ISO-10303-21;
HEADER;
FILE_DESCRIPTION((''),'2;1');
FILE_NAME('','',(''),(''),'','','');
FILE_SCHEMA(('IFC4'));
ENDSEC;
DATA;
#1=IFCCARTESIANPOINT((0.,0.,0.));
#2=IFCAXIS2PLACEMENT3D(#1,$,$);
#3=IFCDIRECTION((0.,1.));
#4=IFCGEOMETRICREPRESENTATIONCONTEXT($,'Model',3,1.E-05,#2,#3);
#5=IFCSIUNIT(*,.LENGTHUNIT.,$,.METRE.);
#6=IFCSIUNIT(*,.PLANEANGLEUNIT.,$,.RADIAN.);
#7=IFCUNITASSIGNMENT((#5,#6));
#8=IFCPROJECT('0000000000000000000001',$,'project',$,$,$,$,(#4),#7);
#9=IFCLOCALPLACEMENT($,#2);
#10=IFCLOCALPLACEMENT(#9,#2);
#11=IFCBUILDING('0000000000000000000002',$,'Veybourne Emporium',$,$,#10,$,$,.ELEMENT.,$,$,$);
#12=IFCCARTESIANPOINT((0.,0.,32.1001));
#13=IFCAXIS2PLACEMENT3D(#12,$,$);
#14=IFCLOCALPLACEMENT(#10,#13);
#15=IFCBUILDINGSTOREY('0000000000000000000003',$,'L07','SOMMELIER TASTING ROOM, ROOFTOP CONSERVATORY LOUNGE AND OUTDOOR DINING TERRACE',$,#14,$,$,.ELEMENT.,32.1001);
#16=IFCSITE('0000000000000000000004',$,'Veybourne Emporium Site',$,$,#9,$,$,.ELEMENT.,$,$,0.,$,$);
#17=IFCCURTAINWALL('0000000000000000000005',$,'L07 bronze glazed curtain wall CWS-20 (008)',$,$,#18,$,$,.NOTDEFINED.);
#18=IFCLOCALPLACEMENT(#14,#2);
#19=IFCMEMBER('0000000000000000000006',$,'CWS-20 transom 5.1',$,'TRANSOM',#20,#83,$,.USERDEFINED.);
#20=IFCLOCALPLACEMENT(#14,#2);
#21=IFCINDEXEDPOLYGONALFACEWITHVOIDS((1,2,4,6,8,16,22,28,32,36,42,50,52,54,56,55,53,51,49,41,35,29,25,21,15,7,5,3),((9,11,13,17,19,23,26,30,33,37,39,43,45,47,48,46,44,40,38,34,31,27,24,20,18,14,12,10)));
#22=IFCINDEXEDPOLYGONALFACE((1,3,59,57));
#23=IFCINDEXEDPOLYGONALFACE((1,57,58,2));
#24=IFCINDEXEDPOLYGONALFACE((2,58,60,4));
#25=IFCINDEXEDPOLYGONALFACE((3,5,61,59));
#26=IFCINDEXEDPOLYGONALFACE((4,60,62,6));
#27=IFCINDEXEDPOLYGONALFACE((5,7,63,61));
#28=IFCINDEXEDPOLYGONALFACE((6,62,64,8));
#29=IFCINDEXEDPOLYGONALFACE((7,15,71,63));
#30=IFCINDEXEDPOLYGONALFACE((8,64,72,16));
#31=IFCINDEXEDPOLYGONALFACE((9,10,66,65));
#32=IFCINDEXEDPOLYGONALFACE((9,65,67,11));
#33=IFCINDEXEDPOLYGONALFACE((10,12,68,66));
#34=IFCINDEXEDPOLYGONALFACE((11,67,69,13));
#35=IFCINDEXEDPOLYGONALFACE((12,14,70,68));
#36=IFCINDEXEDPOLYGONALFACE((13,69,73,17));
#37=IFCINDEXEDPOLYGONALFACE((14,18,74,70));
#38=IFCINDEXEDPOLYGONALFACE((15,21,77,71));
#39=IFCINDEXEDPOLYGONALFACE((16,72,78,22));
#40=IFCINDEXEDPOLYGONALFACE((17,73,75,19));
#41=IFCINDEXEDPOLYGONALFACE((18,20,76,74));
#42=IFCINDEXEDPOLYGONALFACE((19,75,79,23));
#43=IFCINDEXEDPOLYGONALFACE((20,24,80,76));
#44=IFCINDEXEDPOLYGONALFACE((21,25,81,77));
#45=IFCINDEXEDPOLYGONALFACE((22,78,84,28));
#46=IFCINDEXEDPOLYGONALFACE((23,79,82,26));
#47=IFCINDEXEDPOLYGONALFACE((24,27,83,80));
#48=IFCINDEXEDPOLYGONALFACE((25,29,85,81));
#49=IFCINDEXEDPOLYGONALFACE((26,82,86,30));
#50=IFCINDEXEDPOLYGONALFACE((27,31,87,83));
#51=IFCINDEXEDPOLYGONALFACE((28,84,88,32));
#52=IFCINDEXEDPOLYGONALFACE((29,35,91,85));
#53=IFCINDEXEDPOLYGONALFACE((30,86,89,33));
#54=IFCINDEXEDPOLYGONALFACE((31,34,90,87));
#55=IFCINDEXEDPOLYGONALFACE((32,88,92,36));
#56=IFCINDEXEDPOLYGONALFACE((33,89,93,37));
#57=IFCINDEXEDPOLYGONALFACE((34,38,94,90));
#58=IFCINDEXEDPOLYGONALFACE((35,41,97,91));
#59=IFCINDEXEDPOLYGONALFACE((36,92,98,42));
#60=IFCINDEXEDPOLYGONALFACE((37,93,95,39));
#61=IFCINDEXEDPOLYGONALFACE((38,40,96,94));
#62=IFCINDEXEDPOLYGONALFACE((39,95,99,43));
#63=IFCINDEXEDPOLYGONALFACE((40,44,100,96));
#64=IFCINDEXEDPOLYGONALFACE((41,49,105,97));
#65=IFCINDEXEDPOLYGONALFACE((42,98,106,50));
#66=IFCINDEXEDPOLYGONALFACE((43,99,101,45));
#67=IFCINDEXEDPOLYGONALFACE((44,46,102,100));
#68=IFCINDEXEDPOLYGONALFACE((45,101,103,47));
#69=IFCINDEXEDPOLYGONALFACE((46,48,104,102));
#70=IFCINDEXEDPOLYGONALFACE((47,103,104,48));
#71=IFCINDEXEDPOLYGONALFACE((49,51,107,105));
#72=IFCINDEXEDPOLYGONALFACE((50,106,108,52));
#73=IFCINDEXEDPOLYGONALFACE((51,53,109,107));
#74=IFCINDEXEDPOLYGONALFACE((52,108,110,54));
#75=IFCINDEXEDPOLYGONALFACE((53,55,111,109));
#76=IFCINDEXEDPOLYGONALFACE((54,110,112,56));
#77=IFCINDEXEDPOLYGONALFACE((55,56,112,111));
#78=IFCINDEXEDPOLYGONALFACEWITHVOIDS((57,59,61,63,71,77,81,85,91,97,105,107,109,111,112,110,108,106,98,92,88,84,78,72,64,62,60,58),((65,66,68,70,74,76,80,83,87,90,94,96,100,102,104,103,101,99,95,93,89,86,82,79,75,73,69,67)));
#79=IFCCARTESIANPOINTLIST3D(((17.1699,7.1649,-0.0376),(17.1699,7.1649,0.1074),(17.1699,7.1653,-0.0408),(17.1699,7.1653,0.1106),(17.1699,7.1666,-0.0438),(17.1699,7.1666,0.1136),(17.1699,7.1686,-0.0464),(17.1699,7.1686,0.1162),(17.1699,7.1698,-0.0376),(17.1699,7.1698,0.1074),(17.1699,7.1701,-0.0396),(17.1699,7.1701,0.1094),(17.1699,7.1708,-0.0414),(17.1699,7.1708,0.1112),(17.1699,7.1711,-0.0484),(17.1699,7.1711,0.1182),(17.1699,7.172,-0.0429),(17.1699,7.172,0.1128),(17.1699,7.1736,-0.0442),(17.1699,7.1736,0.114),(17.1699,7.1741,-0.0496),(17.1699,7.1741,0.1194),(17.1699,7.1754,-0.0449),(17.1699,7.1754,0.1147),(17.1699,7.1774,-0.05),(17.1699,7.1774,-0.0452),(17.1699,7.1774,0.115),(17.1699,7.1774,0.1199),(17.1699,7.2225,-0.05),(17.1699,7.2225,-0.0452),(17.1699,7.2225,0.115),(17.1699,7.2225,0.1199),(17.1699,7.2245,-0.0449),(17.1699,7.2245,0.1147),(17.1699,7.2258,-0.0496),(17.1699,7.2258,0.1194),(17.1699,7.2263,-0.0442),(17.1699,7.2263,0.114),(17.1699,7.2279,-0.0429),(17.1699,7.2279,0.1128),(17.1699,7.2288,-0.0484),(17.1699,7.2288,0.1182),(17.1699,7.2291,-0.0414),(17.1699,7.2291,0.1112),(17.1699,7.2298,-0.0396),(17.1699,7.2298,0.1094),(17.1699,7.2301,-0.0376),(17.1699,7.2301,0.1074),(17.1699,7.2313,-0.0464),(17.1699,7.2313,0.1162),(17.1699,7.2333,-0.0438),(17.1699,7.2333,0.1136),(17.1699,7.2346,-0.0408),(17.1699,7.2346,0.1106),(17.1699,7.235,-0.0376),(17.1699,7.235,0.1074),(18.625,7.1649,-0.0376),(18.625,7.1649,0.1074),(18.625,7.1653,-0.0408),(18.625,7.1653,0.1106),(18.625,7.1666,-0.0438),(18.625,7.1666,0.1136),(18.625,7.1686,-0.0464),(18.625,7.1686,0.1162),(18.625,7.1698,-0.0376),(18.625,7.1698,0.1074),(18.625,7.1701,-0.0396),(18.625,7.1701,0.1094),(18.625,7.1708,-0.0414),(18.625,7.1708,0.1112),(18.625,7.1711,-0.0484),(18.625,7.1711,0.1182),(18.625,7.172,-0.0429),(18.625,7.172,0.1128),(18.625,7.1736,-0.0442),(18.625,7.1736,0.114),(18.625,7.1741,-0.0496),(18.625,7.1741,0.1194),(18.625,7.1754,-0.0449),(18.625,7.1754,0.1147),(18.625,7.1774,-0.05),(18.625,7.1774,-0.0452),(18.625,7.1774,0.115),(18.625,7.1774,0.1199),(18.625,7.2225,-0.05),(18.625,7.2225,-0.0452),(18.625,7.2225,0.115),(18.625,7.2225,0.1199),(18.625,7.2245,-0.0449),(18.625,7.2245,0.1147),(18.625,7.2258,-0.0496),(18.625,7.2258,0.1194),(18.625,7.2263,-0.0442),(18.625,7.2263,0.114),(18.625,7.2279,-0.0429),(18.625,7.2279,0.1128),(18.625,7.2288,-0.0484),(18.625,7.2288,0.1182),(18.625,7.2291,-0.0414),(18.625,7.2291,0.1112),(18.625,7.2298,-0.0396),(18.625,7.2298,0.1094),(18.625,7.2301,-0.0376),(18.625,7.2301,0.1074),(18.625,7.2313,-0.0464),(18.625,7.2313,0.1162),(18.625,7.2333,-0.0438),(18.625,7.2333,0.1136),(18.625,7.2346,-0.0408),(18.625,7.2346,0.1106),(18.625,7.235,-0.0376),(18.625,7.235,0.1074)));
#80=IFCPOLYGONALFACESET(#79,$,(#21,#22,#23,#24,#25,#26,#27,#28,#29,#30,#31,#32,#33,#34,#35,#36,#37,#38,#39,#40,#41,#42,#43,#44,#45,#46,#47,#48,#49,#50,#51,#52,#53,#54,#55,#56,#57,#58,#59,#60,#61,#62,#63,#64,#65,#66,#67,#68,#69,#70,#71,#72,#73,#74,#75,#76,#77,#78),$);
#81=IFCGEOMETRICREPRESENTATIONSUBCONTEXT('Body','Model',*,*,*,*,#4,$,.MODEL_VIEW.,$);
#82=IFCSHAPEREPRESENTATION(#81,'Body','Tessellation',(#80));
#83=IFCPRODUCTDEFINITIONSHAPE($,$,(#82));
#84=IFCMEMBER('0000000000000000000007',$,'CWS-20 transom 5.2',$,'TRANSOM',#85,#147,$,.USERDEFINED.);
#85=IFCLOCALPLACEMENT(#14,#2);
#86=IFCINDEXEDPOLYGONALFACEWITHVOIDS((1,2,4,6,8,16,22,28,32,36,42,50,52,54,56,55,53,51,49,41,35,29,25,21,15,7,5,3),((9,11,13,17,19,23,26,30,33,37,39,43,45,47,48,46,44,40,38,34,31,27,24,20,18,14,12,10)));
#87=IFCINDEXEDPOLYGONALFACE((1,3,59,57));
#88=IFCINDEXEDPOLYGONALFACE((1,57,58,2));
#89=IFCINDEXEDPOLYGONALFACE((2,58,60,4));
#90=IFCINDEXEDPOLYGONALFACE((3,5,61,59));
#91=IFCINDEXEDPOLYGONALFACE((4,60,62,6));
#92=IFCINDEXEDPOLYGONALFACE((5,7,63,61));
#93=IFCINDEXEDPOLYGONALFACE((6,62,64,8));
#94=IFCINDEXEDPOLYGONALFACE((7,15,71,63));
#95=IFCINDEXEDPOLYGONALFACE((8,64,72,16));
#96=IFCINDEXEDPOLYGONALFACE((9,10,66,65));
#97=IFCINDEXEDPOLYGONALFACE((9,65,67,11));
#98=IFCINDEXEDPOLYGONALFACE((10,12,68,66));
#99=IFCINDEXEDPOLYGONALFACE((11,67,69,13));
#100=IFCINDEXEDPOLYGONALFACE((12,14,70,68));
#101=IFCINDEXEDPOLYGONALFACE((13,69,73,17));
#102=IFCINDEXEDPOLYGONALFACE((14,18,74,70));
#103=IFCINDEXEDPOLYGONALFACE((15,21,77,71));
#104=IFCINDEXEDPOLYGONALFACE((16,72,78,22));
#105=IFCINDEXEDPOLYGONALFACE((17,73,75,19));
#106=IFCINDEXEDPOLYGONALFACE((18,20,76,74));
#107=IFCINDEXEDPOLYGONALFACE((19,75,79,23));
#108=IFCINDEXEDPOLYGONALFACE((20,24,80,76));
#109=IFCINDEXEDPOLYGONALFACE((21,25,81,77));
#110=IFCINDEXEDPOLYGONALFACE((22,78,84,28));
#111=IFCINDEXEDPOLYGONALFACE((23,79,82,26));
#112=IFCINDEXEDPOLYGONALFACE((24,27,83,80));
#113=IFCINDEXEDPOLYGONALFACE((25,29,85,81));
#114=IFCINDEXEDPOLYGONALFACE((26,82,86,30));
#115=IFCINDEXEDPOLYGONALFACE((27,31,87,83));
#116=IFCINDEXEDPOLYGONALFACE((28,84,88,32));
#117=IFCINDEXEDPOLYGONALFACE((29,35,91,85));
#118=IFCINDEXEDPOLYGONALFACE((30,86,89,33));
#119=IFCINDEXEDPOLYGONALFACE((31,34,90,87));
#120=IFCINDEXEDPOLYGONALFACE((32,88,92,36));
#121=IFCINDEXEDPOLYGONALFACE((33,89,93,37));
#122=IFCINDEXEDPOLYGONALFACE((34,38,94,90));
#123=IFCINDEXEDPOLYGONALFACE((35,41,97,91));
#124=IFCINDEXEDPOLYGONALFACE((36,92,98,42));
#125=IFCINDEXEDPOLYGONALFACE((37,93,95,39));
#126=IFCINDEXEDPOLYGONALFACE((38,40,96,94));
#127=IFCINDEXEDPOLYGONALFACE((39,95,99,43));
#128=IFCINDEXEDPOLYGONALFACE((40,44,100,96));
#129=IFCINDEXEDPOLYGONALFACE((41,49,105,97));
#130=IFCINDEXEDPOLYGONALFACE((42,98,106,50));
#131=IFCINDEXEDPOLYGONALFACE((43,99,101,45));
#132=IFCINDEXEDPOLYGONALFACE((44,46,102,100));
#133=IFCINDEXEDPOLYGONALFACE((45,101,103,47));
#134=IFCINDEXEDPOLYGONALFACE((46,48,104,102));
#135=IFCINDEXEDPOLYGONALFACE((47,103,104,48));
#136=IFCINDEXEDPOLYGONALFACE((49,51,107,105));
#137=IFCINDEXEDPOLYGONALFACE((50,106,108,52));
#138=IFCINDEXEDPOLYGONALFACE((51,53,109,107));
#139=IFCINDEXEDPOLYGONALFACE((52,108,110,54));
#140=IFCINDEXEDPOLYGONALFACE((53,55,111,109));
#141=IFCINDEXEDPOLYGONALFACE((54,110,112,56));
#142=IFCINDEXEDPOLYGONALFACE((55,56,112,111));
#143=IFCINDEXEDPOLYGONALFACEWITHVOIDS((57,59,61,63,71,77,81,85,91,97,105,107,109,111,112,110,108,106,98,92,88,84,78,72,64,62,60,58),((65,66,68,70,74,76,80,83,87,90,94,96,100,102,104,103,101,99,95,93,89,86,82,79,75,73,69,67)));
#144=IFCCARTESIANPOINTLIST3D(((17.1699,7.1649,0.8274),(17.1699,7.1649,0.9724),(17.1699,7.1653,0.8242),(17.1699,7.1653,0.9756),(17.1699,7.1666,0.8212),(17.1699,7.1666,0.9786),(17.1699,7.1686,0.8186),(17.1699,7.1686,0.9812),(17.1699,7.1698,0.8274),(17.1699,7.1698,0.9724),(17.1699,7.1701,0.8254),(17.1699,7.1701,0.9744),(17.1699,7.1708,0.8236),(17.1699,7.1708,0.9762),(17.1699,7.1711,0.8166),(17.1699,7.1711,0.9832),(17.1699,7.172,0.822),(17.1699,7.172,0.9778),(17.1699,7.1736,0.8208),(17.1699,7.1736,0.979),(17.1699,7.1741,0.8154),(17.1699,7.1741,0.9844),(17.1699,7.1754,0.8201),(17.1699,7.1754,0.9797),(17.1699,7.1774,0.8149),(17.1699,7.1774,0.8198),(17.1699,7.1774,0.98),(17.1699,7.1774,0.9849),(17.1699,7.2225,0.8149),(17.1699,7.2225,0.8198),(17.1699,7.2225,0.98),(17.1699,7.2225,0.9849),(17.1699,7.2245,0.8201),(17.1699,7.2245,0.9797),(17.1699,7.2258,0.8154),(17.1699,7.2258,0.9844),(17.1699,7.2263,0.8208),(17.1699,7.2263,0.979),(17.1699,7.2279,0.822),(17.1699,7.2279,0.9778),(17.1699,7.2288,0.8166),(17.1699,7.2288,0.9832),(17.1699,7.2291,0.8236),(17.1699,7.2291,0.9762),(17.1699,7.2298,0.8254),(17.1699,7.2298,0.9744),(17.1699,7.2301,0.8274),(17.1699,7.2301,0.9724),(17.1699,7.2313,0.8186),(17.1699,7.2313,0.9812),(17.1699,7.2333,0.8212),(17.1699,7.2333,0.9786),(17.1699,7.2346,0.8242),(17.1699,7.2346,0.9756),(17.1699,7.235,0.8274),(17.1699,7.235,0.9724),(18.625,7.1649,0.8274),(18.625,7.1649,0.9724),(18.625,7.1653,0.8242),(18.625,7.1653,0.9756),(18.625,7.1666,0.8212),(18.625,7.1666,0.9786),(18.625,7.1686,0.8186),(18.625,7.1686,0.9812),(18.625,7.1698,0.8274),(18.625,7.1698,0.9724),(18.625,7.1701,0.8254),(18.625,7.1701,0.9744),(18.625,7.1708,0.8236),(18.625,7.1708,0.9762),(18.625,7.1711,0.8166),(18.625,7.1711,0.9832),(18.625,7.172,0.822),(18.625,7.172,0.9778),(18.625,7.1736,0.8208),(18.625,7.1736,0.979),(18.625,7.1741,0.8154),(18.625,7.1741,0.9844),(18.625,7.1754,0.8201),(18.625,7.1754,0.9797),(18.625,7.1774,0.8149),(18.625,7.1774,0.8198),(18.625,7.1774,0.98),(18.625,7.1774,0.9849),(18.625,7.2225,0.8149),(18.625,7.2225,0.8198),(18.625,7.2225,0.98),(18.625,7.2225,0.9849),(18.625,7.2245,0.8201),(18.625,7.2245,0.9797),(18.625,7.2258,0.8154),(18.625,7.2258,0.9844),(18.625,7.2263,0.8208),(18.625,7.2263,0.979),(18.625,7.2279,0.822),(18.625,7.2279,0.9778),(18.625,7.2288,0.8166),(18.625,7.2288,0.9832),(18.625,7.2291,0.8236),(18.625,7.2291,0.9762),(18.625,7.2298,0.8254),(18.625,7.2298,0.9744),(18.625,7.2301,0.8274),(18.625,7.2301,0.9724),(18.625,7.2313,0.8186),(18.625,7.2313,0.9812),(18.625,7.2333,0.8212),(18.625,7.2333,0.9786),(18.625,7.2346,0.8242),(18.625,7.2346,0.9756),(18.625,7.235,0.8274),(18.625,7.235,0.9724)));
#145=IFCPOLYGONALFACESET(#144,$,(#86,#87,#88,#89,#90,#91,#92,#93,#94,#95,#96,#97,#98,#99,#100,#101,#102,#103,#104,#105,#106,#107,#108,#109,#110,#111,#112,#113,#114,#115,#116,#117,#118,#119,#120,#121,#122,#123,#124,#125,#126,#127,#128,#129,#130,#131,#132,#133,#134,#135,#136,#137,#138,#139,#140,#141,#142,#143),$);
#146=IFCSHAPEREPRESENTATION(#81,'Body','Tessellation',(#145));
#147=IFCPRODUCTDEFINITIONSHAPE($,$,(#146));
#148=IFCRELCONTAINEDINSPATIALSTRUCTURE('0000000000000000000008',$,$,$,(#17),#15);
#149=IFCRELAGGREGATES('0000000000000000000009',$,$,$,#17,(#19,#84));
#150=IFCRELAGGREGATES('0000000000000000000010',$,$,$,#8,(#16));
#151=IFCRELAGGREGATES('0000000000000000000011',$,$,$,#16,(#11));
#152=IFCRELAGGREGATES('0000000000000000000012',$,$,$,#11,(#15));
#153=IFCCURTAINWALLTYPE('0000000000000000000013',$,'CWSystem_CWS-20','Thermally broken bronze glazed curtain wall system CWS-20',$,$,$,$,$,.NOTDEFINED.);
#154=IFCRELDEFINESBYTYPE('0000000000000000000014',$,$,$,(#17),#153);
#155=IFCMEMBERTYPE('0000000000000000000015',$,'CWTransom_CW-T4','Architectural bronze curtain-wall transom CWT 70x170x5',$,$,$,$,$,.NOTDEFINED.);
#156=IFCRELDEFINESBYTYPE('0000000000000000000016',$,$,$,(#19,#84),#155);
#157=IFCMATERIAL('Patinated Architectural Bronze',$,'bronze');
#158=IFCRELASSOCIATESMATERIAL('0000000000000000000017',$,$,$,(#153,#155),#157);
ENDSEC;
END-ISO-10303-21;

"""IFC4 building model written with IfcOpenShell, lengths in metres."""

from ifc_helpers import new_model, si_unit, direction, frame, origin, origin_2d, place, context, subcontext, project, spatial, hollow_rectangle, extrude, material, material_profile, profile_set, type_object, element, aggregate, save


model = new_model("IFC4")

# Units and contexts
model_context = context("Model", 3, precision=1e-05, world=origin(), true_north=direction((0.0, 1.0)))
body_context = subcontext(model_context, "Body", "Model", "MODEL_VIEW")
ifc_project = project(units=[si_unit("LENGTHUNIT", "METRE"), si_unit("PLANEANGLEUNIT", "RADIAN")], contexts=[model_context])

# Site, building, storey
site_placement = place(None, origin())
site = spatial("IfcSite", under=ifc_project, at=site_placement, Name="Veybourne Emporium Site", CompositionType="ELEMENT", RefElevation=0.0)
building_placement = place(site_placement, origin())
building = spatial("IfcBuilding", under=site, at=building_placement, Name="Veybourne Emporium", CompositionType="ELEMENT")
storey_placement = place(building_placement, frame((0.0, 0.0, 32.1001)))
storey = spatial("IfcBuildingStorey", under=building, at=storey_placement, Name="L07", Description="SOMMELIER TASTING ROOM, ROOFTOP CONSERVATORY LOUNGE AND OUTDOOR DINING TERRACE", CompositionType="ELEMENT", Elevation=32.1001)

# Curtain wall
ifc_material_1 = material(Name="Patinated Architectural Bronze", Category="bronze")
curtain_wall_type_1 = type_object("IfcCurtainWallType", Name="CWSystem_CWS-20", Description="Thermally broken bronze glazed curtain wall system CWS-20", PredefinedType="NOTDEFINED", material=ifc_material_1)
curtain_wall_1_placement = place(storey_placement, origin())
curtain_wall_1 = element("IfcCurtainWall", 1, at=curtain_wall_1_placement, inside=storey, type_object=curtain_wall_type_1, Name="L07 bronze glazed curtain wall CWS-20 (008)", PredefinedType="NOTDEFINED")

# Members
ifc_material_profile_1 = material_profile(ifc_material_1, hollow_rectangle(XDim=0.0701, YDim=0.1699, WallThickness=0.0049, InnerFilletRadius=0.0076, OuterFilletRadius=0.0125, at=origin_2d()), Name="CWT 70x170x5")
ifc_profile_set_1 = profile_set([ifc_material_profile_1], Name="Patinated Architectural Bronze")
member_type_1 = type_object("IfcMemberType", Name="CWTransom_CW-T4", Description="Architectural bronze curtain-wall transom CWT 70x170x5", PredefinedType="NOTDEFINED", material=ifc_profile_set_1)
member_1_placement = place(storey_placement, frame((18.625, 7.2, 0.0349), z_axis=(-1.0, 0.0, 0.0), x_axis=(0.0, -1.0, 0.0)))
member_1 = element("IfcMember", 2, at=member_1_placement, type_object=member_type_1, Name="CWS-20 transom 5.1", ObjectType="TRANSOM", PredefinedType="USERDEFINED", context=body_context, shape_type="SweptSolid", body=[
    extrude(hollow_rectangle(XDim=0.0701, YDim=0.1699, WallThickness=0.0049, InnerFilletRadius=0.0076, OuterFilletRadius=0.0125, at=origin_2d()), origin(), (0.0, 0.0, 1.0), 1.4551),
])
member_2_placement = place(storey_placement, frame((18.625, 7.2, 0.8999), z_axis=(-1.0, 0.0, 0.0), x_axis=(0.0, -1.0, 0.0)))
member_2 = element("IfcMember", 3, at=member_2_placement, type_object=member_type_1, Name="CWS-20 transom 5.2", ObjectType="TRANSOM", PredefinedType="USERDEFINED", context=body_context, shape_type="SweptSolid", body=[
    extrude(hollow_rectangle(XDim=0.0701, YDim=0.1699, WallThickness=0.0049, InnerFilletRadius=0.0076, OuterFilletRadius=0.0125, at=origin_2d()), origin(), (0.0, 0.0, 1.0), 1.4551),
])

aggregate(curtain_wall_1, [member_1, member_2])

save(model, "model.ifc")
